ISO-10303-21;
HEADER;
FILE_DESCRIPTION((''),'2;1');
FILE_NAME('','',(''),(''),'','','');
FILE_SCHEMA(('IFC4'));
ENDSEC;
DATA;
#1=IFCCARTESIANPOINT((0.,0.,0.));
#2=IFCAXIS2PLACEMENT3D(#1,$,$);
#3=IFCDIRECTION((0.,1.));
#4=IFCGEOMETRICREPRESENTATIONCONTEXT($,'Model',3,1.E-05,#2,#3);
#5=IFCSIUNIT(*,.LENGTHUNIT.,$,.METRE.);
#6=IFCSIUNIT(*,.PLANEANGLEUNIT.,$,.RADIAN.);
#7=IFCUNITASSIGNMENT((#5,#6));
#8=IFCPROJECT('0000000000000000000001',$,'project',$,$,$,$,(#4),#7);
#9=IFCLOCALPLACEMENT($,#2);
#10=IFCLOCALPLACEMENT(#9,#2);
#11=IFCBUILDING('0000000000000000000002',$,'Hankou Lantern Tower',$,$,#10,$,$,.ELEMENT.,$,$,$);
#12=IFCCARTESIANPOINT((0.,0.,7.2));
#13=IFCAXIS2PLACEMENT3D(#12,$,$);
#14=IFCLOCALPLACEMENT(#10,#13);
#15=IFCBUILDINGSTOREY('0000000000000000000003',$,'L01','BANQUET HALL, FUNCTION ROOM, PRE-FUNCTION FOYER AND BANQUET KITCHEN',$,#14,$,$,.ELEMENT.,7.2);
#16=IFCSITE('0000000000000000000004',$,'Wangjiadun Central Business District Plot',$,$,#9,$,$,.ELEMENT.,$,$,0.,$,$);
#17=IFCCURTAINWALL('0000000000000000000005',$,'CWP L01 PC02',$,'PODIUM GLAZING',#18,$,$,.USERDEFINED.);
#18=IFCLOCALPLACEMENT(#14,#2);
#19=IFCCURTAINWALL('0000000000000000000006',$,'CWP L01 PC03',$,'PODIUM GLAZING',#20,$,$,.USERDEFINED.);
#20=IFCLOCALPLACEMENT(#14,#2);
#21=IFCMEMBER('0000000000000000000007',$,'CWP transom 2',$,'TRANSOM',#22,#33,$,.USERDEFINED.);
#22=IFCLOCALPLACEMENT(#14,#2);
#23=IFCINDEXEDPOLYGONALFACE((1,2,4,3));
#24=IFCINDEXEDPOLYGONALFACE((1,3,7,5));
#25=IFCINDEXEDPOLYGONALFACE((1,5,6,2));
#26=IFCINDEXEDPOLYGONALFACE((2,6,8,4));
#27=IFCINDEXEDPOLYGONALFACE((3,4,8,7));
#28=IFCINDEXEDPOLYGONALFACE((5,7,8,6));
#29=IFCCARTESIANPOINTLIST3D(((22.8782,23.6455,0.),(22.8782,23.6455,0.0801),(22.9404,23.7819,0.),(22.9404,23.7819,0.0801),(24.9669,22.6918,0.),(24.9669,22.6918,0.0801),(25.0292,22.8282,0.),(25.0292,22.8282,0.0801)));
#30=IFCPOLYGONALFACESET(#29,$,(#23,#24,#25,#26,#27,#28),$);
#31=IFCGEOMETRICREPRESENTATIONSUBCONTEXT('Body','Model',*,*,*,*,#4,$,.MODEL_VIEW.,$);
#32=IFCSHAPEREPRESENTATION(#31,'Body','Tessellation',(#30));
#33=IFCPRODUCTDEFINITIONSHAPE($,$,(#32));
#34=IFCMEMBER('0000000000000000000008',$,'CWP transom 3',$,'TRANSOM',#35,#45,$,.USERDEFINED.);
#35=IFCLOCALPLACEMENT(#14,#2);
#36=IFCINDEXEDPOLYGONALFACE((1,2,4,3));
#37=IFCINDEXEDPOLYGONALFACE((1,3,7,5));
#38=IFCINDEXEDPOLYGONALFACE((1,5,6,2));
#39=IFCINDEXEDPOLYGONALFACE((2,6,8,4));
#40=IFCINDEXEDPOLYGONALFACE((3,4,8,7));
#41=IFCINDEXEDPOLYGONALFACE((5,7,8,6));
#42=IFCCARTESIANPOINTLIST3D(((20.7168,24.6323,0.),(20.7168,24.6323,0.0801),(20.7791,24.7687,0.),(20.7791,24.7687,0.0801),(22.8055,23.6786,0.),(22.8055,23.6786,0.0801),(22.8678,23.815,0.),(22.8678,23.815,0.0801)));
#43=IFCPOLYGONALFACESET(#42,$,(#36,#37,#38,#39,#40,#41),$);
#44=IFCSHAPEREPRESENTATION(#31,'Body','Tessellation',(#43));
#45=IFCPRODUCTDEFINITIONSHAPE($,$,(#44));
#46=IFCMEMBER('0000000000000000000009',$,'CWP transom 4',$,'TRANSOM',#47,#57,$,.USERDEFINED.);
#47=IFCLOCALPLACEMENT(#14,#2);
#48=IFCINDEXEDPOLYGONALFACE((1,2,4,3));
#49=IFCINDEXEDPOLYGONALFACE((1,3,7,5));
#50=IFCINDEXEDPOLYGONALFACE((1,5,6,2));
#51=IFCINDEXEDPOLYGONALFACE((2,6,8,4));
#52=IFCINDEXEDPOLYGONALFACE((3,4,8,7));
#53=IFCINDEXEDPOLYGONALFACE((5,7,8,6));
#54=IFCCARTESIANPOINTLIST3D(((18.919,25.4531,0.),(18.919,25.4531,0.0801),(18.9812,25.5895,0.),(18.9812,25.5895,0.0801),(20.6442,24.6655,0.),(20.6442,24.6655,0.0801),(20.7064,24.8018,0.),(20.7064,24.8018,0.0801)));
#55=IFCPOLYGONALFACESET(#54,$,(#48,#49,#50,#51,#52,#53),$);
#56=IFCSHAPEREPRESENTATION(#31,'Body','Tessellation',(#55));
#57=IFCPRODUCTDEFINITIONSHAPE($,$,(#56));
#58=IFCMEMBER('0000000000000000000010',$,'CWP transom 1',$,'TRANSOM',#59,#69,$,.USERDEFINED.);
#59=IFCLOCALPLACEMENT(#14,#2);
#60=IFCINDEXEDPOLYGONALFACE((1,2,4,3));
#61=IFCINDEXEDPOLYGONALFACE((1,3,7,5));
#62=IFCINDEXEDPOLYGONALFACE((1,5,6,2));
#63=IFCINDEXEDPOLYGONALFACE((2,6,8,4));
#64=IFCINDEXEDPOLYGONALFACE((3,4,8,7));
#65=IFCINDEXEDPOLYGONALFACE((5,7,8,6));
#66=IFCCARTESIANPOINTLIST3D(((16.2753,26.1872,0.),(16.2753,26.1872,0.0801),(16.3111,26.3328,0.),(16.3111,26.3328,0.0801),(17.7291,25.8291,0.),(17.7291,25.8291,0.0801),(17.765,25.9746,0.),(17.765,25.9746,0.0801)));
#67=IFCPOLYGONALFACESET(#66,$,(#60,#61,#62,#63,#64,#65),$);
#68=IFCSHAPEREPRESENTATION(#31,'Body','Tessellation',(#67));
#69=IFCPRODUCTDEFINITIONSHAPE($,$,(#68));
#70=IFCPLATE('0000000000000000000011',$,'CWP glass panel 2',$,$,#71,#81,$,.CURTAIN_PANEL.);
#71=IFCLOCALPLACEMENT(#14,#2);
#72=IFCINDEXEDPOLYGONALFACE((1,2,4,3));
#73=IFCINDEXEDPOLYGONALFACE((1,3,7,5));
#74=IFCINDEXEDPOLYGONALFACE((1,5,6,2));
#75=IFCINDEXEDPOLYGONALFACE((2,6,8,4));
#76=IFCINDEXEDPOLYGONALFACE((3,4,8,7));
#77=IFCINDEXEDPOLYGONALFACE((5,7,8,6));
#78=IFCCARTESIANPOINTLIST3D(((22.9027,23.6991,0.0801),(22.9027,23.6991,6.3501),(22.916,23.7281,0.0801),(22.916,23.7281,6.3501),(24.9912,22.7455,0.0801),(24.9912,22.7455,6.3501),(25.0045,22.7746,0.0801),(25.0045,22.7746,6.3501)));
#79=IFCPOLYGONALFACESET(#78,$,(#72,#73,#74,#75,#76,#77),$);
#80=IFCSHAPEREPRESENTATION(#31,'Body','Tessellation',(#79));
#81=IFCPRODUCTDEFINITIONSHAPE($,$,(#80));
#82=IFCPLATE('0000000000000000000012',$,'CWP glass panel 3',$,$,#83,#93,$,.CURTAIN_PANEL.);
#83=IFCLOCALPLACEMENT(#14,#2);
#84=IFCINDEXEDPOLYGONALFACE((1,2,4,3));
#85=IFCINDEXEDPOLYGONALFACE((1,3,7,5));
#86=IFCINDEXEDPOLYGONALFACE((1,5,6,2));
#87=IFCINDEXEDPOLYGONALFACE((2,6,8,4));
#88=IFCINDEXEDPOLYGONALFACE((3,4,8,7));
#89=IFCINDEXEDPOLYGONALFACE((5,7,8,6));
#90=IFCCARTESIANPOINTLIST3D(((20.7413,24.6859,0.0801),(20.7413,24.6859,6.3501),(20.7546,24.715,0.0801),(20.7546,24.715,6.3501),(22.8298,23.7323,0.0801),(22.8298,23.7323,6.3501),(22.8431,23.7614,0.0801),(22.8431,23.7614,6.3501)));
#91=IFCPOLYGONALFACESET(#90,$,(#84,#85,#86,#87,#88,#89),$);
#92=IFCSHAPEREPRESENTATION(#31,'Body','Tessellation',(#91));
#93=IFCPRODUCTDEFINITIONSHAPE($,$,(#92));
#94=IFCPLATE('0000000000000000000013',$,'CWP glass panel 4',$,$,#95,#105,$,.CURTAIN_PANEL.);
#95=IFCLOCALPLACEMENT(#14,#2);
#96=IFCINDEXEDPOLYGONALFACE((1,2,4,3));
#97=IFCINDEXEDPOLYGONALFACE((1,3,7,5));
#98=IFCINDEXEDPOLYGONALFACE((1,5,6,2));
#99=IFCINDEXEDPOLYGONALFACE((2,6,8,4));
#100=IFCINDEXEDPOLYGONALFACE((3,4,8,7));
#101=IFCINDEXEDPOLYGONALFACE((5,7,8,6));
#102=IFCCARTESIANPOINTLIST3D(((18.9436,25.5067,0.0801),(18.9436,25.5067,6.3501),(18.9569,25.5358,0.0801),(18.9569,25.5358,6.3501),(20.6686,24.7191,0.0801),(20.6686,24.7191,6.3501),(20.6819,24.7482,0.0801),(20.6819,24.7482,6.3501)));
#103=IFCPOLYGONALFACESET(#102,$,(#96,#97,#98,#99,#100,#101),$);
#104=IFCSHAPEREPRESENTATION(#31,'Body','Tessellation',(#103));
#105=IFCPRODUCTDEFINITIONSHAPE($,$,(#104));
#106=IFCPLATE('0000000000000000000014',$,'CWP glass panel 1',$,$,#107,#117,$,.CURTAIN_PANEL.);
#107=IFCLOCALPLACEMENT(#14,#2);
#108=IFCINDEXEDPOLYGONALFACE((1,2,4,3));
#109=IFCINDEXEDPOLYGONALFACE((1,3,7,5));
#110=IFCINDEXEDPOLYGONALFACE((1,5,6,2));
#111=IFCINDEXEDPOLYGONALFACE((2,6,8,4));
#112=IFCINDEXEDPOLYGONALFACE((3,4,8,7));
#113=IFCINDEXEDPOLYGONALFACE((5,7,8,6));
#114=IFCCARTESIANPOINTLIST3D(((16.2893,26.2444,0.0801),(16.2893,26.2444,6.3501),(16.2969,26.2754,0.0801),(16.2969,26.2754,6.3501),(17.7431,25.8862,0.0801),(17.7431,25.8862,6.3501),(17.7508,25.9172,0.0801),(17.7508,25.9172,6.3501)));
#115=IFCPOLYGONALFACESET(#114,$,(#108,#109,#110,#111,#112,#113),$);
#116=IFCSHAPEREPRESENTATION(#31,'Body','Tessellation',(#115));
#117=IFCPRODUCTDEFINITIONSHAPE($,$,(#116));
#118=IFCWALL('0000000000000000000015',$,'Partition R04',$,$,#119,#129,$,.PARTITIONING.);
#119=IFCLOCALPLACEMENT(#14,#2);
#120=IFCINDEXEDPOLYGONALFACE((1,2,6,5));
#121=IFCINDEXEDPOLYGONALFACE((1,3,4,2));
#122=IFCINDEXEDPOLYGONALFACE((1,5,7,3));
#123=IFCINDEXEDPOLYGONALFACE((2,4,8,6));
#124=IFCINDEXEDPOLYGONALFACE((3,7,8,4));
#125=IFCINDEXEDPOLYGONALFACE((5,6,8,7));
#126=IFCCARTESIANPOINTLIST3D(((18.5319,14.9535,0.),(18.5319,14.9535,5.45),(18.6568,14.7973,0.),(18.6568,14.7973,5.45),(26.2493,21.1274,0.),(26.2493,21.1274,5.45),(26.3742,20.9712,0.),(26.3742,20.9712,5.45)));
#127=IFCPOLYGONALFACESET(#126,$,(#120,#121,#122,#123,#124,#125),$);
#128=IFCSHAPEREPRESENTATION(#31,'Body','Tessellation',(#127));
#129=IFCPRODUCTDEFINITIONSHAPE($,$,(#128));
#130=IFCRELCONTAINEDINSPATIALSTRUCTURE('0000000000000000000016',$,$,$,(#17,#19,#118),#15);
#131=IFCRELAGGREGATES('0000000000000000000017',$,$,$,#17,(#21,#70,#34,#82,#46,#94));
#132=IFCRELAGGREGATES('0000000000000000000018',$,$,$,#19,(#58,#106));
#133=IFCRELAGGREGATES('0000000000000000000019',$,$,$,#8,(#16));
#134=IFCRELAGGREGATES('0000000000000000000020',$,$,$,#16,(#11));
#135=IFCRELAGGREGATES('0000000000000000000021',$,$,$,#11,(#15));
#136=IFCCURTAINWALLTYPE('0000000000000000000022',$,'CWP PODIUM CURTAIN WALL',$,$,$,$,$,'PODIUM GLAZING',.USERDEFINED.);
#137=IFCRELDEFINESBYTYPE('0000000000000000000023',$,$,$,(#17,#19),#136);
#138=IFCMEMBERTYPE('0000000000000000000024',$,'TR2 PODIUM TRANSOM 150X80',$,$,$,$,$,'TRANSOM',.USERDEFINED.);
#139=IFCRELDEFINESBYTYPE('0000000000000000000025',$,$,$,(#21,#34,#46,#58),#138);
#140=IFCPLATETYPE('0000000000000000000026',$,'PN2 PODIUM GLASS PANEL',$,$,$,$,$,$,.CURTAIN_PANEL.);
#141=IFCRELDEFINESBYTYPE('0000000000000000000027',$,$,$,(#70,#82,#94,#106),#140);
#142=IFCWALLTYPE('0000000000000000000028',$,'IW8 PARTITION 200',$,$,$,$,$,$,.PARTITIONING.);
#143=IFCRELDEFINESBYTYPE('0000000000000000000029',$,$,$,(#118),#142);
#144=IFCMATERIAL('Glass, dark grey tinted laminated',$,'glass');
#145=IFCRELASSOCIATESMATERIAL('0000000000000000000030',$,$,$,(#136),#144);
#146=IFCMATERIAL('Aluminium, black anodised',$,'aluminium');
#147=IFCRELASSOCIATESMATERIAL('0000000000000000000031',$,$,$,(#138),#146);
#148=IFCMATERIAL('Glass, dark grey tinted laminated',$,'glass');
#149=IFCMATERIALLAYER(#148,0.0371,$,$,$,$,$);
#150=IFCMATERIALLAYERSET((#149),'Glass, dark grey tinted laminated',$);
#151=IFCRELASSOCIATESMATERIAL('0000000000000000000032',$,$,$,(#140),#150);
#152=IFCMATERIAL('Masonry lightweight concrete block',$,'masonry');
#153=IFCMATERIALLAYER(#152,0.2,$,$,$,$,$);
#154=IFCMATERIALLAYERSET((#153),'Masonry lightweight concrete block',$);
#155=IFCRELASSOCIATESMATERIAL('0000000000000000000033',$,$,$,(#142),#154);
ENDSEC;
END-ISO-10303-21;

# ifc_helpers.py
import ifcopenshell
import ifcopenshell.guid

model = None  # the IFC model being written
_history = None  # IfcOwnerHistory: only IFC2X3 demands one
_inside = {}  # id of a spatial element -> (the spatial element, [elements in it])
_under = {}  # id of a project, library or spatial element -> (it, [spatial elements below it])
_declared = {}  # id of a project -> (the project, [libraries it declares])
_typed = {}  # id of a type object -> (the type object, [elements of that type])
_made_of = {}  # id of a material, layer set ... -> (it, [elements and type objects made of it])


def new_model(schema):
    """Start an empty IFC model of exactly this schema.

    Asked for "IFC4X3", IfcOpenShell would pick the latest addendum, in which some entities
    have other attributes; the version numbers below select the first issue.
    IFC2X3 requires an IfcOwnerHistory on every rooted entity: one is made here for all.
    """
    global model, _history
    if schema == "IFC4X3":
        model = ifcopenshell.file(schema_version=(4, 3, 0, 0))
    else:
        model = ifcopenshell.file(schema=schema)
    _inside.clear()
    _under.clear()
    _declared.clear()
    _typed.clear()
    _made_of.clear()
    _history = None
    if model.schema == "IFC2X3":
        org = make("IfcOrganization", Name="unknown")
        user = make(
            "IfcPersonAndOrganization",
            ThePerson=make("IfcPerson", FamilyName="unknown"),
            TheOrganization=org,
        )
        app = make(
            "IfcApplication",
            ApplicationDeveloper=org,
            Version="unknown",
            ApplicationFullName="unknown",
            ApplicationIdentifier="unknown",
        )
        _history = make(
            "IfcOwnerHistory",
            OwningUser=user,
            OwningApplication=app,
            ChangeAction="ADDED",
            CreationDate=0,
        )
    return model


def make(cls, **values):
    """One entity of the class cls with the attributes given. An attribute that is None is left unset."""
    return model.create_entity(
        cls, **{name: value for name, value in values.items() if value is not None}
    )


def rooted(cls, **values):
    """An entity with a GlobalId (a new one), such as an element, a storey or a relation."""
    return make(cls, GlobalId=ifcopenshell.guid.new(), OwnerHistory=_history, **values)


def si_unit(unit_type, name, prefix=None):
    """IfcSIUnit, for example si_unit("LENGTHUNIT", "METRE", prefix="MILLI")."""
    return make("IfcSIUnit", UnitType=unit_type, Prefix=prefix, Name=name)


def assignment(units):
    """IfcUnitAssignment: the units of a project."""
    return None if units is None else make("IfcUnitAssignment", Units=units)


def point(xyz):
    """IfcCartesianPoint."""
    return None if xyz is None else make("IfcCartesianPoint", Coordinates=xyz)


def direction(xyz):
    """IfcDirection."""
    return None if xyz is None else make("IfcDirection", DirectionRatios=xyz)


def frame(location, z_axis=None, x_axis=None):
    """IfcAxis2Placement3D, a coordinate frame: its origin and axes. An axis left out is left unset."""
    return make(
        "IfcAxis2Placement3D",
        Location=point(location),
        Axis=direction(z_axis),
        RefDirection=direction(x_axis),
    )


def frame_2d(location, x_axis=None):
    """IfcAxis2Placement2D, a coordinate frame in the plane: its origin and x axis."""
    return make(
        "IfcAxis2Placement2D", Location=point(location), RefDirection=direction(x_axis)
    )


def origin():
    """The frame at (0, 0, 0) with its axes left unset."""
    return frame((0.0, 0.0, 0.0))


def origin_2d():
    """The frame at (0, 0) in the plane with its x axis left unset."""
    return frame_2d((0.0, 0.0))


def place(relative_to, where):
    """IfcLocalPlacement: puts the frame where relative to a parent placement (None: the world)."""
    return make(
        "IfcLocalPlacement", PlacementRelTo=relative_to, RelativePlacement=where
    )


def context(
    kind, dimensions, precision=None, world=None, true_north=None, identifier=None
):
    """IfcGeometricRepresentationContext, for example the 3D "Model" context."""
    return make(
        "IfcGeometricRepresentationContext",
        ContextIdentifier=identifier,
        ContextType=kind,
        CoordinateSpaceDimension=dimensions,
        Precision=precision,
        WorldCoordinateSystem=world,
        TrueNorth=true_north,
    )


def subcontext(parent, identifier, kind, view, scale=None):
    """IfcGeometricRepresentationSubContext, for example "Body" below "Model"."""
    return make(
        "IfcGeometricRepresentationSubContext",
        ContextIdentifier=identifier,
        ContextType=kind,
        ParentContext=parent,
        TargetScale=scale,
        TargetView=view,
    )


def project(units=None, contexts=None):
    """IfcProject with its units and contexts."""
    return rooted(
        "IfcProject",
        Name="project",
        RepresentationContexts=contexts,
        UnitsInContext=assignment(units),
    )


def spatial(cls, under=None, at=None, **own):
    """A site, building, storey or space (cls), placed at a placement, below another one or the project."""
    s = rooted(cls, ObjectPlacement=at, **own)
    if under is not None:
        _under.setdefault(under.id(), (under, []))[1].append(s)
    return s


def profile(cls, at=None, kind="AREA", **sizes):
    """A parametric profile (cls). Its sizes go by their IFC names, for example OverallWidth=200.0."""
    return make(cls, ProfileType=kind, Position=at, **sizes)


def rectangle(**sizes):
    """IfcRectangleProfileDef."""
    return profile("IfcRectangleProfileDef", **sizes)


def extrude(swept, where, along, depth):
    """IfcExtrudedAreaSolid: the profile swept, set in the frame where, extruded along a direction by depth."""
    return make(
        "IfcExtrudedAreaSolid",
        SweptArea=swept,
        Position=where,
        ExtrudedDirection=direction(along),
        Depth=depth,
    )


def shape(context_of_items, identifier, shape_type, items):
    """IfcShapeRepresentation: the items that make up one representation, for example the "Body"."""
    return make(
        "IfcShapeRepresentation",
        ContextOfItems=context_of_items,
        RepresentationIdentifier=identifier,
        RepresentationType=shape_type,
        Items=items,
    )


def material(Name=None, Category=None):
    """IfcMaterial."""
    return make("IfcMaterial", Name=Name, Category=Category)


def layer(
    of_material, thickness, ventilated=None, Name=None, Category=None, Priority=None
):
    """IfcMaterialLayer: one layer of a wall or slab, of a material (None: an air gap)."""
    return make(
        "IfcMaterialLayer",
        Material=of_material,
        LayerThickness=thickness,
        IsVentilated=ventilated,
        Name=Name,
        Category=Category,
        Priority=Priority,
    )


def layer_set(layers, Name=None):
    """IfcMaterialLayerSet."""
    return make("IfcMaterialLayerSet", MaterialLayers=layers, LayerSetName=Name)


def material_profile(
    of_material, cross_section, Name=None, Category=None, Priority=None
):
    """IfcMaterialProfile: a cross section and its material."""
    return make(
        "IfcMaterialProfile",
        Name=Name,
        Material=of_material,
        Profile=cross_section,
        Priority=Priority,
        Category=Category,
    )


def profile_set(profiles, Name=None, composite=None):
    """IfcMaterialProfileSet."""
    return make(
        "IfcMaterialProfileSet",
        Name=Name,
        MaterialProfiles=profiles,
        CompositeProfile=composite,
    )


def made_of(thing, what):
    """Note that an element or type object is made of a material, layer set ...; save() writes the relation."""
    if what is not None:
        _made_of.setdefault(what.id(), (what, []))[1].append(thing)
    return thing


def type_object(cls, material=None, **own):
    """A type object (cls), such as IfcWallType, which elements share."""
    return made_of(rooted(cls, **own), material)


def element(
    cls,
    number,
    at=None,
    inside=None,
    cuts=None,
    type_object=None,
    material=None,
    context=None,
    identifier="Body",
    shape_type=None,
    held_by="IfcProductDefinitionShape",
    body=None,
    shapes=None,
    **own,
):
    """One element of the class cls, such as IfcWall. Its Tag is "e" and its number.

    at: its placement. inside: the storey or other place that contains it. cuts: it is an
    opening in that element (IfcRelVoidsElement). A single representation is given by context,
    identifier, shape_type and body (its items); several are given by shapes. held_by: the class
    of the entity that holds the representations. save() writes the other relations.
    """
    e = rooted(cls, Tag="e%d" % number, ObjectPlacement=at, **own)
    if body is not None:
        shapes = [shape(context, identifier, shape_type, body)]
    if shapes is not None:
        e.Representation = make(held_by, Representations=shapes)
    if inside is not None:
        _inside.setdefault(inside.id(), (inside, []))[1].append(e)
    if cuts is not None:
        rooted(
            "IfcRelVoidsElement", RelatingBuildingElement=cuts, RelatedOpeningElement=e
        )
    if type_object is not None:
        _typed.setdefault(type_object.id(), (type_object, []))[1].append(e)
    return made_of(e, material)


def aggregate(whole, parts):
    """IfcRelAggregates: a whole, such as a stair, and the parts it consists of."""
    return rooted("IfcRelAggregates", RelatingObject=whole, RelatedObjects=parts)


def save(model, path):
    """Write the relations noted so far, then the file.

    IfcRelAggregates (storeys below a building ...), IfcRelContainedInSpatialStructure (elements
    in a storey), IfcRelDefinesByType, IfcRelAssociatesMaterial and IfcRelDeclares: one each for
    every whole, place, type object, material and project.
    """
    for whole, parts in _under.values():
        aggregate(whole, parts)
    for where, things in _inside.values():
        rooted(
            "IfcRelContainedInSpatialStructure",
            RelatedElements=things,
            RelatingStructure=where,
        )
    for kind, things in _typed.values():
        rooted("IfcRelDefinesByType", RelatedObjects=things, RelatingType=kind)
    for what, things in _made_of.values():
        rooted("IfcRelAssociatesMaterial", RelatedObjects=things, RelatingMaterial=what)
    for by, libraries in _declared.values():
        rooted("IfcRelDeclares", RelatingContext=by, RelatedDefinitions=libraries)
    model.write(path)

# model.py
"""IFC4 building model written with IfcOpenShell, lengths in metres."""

from ifc_helpers import new_model, si_unit, direction, frame, frame_2d, origin, origin_2d, place, context, subcontext, project, spatial, rectangle, extrude, material, layer, layer_set, material_profile, profile_set, type_object, element, aggregate, save


model = new_model("IFC4")

# Units and contexts
model_context = context("Model", 3, precision=1e-05, world=origin(), true_north=direction((0.0, 1.0)))
body_context = subcontext(model_context, "Body", "Model", "MODEL_VIEW")
ifc_project = project(units=[si_unit("LENGTHUNIT", "METRE"), si_unit("PLANEANGLEUNIT", "RADIAN")], contexts=[model_context])

# Site, building, storey
site_placement = place(None, origin())
site = spatial("IfcSite", under=ifc_project, at=site_placement, Name="Wangjiadun Central Business District Plot", CompositionType="ELEMENT", RefElevation=0.0)
building_placement = place(site_placement, origin())
building = spatial("IfcBuilding", under=site, at=building_placement, Name="Hankou Lantern Tower", CompositionType="ELEMENT")
storey_placement = place(building_placement, frame((0.0, 0.0, 7.2)))
storey = spatial("IfcBuildingStorey", under=building, at=storey_placement, Name="L01", Description="BANQUET HALL, FUNCTION ROOM, PRE-FUNCTION FOYER AND BANQUET KITCHEN", CompositionType="ELEMENT", Elevation=7.2)

# Curtain walls
ifc_material_1 = material(Name="Glass, dark grey tinted laminated", Category="glass")
curtain_wall_type = type_object("IfcCurtainWallType", Name="CWP PODIUM CURTAIN WALL", ElementType="PODIUM GLAZING", PredefinedType="USERDEFINED", material=ifc_material_1)
curtain_wall_1_placement = place(storey_placement, origin())
curtain_wall_1 = element("IfcCurtainWall", 1, at=curtain_wall_1_placement, inside=storey, type_object=curtain_wall_type, Name="CWP L01 PC02", ObjectType="PODIUM GLAZING", PredefinedType="USERDEFINED")
curtain_wall_2_placement = place(storey_placement, origin())
curtain_wall_2 = element("IfcCurtainWall", 2, at=curtain_wall_2_placement, inside=storey, type_object=curtain_wall_type, Name="CWP L01 PC03", ObjectType="PODIUM GLAZING", PredefinedType="USERDEFINED")

# Members
ifc_material_2 = material(Name="Aluminium, black anodised", Category="aluminium")
ifc_material_profile_1 = material_profile(ifc_material_2, rectangle(XDim=0.1499, YDim=0.0801, at=origin_2d()), Name="TR2 150X80")
ifc_profile_set_1 = profile_set([ifc_material_profile_1], Name="Aluminium, black anodised")
member_type_1 = type_object("IfcMemberType", Name="TR2 PODIUM TRANSOM 150X80", ElementType="TRANSOM", PredefinedType="USERDEFINED", material=ifc_profile_set_1)
member_1_placement = place(storey_placement, frame((24.998, 22.76, 0.04), z_axis=(-0.90967, 0.415333, 0.0), x_axis=(-0.415333, -0.90967, 0.0)))
member_1 = element("IfcMember", 3, at=member_1_placement, type_object=member_type_1, Name="CWP transom 2", ObjectType="TRANSOM", PredefinedType="USERDEFINED", context=body_context, shape_type="SweptSolid", body=[
    extrude(rectangle(XDim=0.1499, YDim=0.0801, at=origin_2d()), origin(), (0.0, 0.0, 1.0), 2.2961),
])
member_2_placement = place(storey_placement, frame((22.8367, 23.7468, 0.04), z_axis=(-0.90967, 0.415333, 0.0), x_axis=(-0.415333, -0.90967, 0.0)))
member_2 = element("IfcMember", 4, at=member_2_placement, type_object=member_type_1, Name="CWP transom 3", ObjectType="TRANSOM", PredefinedType="USERDEFINED", context=body_context, shape_type="SweptSolid", body=[
    extrude(rectangle(XDim=0.1499, YDim=0.0801, at=origin_2d()), origin(), (0.0, 0.0, 1.0), 2.2961),
])
member_3_placement = place(storey_placement, frame((20.6753, 24.7336, 0.04), z_axis=(-0.909677, 0.415316, 0.0), x_axis=(-0.415316, -0.909677, 0.0)))
member_3 = element("IfcMember", 5, at=member_3_placement, type_object=member_type_1, Name="CWP transom 4", ObjectType="TRANSOM", PredefinedType="USERDEFINED", context=body_context, shape_type="SweptSolid", body=[
    extrude(rectangle(XDim=0.1499, YDim=0.0801, at=origin_2d()), origin(), (0.0, 0.0, 1.0), 1.8965),
])
member_4_placement = place(storey_placement, frame((17.7471, 25.9019, 0.04), z_axis=(-0.970971, 0.239196, 0.0), x_axis=(-0.239196, -0.970971, 0.0)))
member_4 = element("IfcMember", 6, at=member_4_placement, type_object=member_type_1, Name="CWP transom 1", ObjectType="TRANSOM", PredefinedType="USERDEFINED", context=body_context, shape_type="SweptSolid", body=[
    extrude(rectangle(XDim=0.1499, YDim=0.0801, at=origin_2d()), origin(), (0.0, 0.0, 1.0), 1.4973),
])

# Plates
ifc_material_3 = material(Name="Glass, dark grey tinted laminated", Category="glass")
ifc_layer_1 = layer(ifc_material_3, 0.0371)
ifc_layer_set_1 = layer_set([ifc_layer_1], Name="Glass, dark grey tinted laminated")
plate_type = type_object("IfcPlateType", Name="PN2 PODIUM GLASS PANEL", PredefinedType="CURTAIN_PANEL", material=ifc_layer_set_1)
plate_1_placement = place(storey_placement, frame((23.9536, 23.2368, 0.0801), z_axis=(0.0, 0.0, 1.0), x_axis=(-0.90967, 0.415332, 0.0)))
plate_1 = element("IfcPlate", 7, at=plate_1_placement, type_object=plate_type, Name="CWP glass panel 2", PredefinedType="CURTAIN_PANEL", context=body_context, shape_type="SweptSolid", body=[
    extrude(rectangle(XDim=2.2959, YDim=0.032, at=origin_2d()), origin(), (0.0, 0.0, 1.0), 6.27),
])
plate_2_placement = place(storey_placement, frame((21.7922, 24.2236, 0.0801), z_axis=(0.0, 0.0, 1.0), x_axis=(-0.90967, 0.415332, 0.0)))
plate_2 = element("IfcPlate", 8, at=plate_2_placement, type_object=plate_type, Name="CWP glass panel 3", PredefinedType="CURTAIN_PANEL", context=body_context, shape_type="SweptSolid", body=[
    extrude(rectangle(XDim=2.2959, YDim=0.032, at=origin_2d()), origin(), (0.0, 0.0, 1.0), 6.27),
])
plate_3_placement = place(storey_placement, frame((19.8127, 25.1274, 0.0801), z_axis=(0.0, 0.0, 1.0), x_axis=(-0.90967, 0.415332, 0.0)))
plate_3 = element("IfcPlate", 9, at=plate_3_placement, type_object=plate_type, Name="CWP glass panel 4", PredefinedType="CURTAIN_PANEL", context=body_context, shape_type="SweptSolid", body=[
    extrude(rectangle(XDim=1.8962, YDim=0.032, at=origin_2d()), origin(), (0.0, 0.0, 1.0), 6.27),
])
aggregate(curtain_wall_1, [member_1, plate_1, member_2, plate_2, member_3, plate_3])
plate_4_placement = place(storey_placement, frame((17.02, 26.0808, 0.0801), z_axis=(0.0, 0.0, 1.0), x_axis=(-0.970961, 0.239238, 0.0)))
plate_4 = element("IfcPlate", 10, at=plate_4_placement, type_object=plate_type, Name="CWP glass panel 1", PredefinedType="CURTAIN_PANEL", context=body_context, shape_type="SweptSolid", body=[
    extrude(rectangle(XDim=1.4973, YDim=0.032, at=origin_2d()), origin(), (0.0, 0.0, 1.0), 6.27),
])
aggregate(curtain_wall_2, [member_4, plate_4])

# Wall
ifc_material_4 = material(Name="Masonry lightweight concrete block", Category="masonry")
ifc_layer_2 = layer(ifc_material_4, 0.2)
ifc_layer_set_2 = layer_set([ifc_layer_2], Name="Masonry lightweight concrete block")
wall_type = type_object("IfcWallType", Name="IW8 PARTITION 200", PredefinedType="PARTITIONING", material=ifc_layer_set_2)
wall_placement = place(storey_placement, frame((18.5945, 14.8755, 0.0), z_axis=(0.0, 0.0, 1.0), x_axis=(0.780869, 0.624695, 0.0)))
element("IfcWall", 11, at=wall_placement, inside=storey, type_object=wall_type, Name="Partition R04", PredefinedType="PARTITIONING", context=body_context, shape_type="SweptSolid", body=[
    extrude(rectangle(XDim=9.8831, YDim=0.2, at=frame_2d((4.9414, 0.0))), origin(), (0.0, 0.0, 1.0), 5.45),
])

save(model, "model.ifc")
